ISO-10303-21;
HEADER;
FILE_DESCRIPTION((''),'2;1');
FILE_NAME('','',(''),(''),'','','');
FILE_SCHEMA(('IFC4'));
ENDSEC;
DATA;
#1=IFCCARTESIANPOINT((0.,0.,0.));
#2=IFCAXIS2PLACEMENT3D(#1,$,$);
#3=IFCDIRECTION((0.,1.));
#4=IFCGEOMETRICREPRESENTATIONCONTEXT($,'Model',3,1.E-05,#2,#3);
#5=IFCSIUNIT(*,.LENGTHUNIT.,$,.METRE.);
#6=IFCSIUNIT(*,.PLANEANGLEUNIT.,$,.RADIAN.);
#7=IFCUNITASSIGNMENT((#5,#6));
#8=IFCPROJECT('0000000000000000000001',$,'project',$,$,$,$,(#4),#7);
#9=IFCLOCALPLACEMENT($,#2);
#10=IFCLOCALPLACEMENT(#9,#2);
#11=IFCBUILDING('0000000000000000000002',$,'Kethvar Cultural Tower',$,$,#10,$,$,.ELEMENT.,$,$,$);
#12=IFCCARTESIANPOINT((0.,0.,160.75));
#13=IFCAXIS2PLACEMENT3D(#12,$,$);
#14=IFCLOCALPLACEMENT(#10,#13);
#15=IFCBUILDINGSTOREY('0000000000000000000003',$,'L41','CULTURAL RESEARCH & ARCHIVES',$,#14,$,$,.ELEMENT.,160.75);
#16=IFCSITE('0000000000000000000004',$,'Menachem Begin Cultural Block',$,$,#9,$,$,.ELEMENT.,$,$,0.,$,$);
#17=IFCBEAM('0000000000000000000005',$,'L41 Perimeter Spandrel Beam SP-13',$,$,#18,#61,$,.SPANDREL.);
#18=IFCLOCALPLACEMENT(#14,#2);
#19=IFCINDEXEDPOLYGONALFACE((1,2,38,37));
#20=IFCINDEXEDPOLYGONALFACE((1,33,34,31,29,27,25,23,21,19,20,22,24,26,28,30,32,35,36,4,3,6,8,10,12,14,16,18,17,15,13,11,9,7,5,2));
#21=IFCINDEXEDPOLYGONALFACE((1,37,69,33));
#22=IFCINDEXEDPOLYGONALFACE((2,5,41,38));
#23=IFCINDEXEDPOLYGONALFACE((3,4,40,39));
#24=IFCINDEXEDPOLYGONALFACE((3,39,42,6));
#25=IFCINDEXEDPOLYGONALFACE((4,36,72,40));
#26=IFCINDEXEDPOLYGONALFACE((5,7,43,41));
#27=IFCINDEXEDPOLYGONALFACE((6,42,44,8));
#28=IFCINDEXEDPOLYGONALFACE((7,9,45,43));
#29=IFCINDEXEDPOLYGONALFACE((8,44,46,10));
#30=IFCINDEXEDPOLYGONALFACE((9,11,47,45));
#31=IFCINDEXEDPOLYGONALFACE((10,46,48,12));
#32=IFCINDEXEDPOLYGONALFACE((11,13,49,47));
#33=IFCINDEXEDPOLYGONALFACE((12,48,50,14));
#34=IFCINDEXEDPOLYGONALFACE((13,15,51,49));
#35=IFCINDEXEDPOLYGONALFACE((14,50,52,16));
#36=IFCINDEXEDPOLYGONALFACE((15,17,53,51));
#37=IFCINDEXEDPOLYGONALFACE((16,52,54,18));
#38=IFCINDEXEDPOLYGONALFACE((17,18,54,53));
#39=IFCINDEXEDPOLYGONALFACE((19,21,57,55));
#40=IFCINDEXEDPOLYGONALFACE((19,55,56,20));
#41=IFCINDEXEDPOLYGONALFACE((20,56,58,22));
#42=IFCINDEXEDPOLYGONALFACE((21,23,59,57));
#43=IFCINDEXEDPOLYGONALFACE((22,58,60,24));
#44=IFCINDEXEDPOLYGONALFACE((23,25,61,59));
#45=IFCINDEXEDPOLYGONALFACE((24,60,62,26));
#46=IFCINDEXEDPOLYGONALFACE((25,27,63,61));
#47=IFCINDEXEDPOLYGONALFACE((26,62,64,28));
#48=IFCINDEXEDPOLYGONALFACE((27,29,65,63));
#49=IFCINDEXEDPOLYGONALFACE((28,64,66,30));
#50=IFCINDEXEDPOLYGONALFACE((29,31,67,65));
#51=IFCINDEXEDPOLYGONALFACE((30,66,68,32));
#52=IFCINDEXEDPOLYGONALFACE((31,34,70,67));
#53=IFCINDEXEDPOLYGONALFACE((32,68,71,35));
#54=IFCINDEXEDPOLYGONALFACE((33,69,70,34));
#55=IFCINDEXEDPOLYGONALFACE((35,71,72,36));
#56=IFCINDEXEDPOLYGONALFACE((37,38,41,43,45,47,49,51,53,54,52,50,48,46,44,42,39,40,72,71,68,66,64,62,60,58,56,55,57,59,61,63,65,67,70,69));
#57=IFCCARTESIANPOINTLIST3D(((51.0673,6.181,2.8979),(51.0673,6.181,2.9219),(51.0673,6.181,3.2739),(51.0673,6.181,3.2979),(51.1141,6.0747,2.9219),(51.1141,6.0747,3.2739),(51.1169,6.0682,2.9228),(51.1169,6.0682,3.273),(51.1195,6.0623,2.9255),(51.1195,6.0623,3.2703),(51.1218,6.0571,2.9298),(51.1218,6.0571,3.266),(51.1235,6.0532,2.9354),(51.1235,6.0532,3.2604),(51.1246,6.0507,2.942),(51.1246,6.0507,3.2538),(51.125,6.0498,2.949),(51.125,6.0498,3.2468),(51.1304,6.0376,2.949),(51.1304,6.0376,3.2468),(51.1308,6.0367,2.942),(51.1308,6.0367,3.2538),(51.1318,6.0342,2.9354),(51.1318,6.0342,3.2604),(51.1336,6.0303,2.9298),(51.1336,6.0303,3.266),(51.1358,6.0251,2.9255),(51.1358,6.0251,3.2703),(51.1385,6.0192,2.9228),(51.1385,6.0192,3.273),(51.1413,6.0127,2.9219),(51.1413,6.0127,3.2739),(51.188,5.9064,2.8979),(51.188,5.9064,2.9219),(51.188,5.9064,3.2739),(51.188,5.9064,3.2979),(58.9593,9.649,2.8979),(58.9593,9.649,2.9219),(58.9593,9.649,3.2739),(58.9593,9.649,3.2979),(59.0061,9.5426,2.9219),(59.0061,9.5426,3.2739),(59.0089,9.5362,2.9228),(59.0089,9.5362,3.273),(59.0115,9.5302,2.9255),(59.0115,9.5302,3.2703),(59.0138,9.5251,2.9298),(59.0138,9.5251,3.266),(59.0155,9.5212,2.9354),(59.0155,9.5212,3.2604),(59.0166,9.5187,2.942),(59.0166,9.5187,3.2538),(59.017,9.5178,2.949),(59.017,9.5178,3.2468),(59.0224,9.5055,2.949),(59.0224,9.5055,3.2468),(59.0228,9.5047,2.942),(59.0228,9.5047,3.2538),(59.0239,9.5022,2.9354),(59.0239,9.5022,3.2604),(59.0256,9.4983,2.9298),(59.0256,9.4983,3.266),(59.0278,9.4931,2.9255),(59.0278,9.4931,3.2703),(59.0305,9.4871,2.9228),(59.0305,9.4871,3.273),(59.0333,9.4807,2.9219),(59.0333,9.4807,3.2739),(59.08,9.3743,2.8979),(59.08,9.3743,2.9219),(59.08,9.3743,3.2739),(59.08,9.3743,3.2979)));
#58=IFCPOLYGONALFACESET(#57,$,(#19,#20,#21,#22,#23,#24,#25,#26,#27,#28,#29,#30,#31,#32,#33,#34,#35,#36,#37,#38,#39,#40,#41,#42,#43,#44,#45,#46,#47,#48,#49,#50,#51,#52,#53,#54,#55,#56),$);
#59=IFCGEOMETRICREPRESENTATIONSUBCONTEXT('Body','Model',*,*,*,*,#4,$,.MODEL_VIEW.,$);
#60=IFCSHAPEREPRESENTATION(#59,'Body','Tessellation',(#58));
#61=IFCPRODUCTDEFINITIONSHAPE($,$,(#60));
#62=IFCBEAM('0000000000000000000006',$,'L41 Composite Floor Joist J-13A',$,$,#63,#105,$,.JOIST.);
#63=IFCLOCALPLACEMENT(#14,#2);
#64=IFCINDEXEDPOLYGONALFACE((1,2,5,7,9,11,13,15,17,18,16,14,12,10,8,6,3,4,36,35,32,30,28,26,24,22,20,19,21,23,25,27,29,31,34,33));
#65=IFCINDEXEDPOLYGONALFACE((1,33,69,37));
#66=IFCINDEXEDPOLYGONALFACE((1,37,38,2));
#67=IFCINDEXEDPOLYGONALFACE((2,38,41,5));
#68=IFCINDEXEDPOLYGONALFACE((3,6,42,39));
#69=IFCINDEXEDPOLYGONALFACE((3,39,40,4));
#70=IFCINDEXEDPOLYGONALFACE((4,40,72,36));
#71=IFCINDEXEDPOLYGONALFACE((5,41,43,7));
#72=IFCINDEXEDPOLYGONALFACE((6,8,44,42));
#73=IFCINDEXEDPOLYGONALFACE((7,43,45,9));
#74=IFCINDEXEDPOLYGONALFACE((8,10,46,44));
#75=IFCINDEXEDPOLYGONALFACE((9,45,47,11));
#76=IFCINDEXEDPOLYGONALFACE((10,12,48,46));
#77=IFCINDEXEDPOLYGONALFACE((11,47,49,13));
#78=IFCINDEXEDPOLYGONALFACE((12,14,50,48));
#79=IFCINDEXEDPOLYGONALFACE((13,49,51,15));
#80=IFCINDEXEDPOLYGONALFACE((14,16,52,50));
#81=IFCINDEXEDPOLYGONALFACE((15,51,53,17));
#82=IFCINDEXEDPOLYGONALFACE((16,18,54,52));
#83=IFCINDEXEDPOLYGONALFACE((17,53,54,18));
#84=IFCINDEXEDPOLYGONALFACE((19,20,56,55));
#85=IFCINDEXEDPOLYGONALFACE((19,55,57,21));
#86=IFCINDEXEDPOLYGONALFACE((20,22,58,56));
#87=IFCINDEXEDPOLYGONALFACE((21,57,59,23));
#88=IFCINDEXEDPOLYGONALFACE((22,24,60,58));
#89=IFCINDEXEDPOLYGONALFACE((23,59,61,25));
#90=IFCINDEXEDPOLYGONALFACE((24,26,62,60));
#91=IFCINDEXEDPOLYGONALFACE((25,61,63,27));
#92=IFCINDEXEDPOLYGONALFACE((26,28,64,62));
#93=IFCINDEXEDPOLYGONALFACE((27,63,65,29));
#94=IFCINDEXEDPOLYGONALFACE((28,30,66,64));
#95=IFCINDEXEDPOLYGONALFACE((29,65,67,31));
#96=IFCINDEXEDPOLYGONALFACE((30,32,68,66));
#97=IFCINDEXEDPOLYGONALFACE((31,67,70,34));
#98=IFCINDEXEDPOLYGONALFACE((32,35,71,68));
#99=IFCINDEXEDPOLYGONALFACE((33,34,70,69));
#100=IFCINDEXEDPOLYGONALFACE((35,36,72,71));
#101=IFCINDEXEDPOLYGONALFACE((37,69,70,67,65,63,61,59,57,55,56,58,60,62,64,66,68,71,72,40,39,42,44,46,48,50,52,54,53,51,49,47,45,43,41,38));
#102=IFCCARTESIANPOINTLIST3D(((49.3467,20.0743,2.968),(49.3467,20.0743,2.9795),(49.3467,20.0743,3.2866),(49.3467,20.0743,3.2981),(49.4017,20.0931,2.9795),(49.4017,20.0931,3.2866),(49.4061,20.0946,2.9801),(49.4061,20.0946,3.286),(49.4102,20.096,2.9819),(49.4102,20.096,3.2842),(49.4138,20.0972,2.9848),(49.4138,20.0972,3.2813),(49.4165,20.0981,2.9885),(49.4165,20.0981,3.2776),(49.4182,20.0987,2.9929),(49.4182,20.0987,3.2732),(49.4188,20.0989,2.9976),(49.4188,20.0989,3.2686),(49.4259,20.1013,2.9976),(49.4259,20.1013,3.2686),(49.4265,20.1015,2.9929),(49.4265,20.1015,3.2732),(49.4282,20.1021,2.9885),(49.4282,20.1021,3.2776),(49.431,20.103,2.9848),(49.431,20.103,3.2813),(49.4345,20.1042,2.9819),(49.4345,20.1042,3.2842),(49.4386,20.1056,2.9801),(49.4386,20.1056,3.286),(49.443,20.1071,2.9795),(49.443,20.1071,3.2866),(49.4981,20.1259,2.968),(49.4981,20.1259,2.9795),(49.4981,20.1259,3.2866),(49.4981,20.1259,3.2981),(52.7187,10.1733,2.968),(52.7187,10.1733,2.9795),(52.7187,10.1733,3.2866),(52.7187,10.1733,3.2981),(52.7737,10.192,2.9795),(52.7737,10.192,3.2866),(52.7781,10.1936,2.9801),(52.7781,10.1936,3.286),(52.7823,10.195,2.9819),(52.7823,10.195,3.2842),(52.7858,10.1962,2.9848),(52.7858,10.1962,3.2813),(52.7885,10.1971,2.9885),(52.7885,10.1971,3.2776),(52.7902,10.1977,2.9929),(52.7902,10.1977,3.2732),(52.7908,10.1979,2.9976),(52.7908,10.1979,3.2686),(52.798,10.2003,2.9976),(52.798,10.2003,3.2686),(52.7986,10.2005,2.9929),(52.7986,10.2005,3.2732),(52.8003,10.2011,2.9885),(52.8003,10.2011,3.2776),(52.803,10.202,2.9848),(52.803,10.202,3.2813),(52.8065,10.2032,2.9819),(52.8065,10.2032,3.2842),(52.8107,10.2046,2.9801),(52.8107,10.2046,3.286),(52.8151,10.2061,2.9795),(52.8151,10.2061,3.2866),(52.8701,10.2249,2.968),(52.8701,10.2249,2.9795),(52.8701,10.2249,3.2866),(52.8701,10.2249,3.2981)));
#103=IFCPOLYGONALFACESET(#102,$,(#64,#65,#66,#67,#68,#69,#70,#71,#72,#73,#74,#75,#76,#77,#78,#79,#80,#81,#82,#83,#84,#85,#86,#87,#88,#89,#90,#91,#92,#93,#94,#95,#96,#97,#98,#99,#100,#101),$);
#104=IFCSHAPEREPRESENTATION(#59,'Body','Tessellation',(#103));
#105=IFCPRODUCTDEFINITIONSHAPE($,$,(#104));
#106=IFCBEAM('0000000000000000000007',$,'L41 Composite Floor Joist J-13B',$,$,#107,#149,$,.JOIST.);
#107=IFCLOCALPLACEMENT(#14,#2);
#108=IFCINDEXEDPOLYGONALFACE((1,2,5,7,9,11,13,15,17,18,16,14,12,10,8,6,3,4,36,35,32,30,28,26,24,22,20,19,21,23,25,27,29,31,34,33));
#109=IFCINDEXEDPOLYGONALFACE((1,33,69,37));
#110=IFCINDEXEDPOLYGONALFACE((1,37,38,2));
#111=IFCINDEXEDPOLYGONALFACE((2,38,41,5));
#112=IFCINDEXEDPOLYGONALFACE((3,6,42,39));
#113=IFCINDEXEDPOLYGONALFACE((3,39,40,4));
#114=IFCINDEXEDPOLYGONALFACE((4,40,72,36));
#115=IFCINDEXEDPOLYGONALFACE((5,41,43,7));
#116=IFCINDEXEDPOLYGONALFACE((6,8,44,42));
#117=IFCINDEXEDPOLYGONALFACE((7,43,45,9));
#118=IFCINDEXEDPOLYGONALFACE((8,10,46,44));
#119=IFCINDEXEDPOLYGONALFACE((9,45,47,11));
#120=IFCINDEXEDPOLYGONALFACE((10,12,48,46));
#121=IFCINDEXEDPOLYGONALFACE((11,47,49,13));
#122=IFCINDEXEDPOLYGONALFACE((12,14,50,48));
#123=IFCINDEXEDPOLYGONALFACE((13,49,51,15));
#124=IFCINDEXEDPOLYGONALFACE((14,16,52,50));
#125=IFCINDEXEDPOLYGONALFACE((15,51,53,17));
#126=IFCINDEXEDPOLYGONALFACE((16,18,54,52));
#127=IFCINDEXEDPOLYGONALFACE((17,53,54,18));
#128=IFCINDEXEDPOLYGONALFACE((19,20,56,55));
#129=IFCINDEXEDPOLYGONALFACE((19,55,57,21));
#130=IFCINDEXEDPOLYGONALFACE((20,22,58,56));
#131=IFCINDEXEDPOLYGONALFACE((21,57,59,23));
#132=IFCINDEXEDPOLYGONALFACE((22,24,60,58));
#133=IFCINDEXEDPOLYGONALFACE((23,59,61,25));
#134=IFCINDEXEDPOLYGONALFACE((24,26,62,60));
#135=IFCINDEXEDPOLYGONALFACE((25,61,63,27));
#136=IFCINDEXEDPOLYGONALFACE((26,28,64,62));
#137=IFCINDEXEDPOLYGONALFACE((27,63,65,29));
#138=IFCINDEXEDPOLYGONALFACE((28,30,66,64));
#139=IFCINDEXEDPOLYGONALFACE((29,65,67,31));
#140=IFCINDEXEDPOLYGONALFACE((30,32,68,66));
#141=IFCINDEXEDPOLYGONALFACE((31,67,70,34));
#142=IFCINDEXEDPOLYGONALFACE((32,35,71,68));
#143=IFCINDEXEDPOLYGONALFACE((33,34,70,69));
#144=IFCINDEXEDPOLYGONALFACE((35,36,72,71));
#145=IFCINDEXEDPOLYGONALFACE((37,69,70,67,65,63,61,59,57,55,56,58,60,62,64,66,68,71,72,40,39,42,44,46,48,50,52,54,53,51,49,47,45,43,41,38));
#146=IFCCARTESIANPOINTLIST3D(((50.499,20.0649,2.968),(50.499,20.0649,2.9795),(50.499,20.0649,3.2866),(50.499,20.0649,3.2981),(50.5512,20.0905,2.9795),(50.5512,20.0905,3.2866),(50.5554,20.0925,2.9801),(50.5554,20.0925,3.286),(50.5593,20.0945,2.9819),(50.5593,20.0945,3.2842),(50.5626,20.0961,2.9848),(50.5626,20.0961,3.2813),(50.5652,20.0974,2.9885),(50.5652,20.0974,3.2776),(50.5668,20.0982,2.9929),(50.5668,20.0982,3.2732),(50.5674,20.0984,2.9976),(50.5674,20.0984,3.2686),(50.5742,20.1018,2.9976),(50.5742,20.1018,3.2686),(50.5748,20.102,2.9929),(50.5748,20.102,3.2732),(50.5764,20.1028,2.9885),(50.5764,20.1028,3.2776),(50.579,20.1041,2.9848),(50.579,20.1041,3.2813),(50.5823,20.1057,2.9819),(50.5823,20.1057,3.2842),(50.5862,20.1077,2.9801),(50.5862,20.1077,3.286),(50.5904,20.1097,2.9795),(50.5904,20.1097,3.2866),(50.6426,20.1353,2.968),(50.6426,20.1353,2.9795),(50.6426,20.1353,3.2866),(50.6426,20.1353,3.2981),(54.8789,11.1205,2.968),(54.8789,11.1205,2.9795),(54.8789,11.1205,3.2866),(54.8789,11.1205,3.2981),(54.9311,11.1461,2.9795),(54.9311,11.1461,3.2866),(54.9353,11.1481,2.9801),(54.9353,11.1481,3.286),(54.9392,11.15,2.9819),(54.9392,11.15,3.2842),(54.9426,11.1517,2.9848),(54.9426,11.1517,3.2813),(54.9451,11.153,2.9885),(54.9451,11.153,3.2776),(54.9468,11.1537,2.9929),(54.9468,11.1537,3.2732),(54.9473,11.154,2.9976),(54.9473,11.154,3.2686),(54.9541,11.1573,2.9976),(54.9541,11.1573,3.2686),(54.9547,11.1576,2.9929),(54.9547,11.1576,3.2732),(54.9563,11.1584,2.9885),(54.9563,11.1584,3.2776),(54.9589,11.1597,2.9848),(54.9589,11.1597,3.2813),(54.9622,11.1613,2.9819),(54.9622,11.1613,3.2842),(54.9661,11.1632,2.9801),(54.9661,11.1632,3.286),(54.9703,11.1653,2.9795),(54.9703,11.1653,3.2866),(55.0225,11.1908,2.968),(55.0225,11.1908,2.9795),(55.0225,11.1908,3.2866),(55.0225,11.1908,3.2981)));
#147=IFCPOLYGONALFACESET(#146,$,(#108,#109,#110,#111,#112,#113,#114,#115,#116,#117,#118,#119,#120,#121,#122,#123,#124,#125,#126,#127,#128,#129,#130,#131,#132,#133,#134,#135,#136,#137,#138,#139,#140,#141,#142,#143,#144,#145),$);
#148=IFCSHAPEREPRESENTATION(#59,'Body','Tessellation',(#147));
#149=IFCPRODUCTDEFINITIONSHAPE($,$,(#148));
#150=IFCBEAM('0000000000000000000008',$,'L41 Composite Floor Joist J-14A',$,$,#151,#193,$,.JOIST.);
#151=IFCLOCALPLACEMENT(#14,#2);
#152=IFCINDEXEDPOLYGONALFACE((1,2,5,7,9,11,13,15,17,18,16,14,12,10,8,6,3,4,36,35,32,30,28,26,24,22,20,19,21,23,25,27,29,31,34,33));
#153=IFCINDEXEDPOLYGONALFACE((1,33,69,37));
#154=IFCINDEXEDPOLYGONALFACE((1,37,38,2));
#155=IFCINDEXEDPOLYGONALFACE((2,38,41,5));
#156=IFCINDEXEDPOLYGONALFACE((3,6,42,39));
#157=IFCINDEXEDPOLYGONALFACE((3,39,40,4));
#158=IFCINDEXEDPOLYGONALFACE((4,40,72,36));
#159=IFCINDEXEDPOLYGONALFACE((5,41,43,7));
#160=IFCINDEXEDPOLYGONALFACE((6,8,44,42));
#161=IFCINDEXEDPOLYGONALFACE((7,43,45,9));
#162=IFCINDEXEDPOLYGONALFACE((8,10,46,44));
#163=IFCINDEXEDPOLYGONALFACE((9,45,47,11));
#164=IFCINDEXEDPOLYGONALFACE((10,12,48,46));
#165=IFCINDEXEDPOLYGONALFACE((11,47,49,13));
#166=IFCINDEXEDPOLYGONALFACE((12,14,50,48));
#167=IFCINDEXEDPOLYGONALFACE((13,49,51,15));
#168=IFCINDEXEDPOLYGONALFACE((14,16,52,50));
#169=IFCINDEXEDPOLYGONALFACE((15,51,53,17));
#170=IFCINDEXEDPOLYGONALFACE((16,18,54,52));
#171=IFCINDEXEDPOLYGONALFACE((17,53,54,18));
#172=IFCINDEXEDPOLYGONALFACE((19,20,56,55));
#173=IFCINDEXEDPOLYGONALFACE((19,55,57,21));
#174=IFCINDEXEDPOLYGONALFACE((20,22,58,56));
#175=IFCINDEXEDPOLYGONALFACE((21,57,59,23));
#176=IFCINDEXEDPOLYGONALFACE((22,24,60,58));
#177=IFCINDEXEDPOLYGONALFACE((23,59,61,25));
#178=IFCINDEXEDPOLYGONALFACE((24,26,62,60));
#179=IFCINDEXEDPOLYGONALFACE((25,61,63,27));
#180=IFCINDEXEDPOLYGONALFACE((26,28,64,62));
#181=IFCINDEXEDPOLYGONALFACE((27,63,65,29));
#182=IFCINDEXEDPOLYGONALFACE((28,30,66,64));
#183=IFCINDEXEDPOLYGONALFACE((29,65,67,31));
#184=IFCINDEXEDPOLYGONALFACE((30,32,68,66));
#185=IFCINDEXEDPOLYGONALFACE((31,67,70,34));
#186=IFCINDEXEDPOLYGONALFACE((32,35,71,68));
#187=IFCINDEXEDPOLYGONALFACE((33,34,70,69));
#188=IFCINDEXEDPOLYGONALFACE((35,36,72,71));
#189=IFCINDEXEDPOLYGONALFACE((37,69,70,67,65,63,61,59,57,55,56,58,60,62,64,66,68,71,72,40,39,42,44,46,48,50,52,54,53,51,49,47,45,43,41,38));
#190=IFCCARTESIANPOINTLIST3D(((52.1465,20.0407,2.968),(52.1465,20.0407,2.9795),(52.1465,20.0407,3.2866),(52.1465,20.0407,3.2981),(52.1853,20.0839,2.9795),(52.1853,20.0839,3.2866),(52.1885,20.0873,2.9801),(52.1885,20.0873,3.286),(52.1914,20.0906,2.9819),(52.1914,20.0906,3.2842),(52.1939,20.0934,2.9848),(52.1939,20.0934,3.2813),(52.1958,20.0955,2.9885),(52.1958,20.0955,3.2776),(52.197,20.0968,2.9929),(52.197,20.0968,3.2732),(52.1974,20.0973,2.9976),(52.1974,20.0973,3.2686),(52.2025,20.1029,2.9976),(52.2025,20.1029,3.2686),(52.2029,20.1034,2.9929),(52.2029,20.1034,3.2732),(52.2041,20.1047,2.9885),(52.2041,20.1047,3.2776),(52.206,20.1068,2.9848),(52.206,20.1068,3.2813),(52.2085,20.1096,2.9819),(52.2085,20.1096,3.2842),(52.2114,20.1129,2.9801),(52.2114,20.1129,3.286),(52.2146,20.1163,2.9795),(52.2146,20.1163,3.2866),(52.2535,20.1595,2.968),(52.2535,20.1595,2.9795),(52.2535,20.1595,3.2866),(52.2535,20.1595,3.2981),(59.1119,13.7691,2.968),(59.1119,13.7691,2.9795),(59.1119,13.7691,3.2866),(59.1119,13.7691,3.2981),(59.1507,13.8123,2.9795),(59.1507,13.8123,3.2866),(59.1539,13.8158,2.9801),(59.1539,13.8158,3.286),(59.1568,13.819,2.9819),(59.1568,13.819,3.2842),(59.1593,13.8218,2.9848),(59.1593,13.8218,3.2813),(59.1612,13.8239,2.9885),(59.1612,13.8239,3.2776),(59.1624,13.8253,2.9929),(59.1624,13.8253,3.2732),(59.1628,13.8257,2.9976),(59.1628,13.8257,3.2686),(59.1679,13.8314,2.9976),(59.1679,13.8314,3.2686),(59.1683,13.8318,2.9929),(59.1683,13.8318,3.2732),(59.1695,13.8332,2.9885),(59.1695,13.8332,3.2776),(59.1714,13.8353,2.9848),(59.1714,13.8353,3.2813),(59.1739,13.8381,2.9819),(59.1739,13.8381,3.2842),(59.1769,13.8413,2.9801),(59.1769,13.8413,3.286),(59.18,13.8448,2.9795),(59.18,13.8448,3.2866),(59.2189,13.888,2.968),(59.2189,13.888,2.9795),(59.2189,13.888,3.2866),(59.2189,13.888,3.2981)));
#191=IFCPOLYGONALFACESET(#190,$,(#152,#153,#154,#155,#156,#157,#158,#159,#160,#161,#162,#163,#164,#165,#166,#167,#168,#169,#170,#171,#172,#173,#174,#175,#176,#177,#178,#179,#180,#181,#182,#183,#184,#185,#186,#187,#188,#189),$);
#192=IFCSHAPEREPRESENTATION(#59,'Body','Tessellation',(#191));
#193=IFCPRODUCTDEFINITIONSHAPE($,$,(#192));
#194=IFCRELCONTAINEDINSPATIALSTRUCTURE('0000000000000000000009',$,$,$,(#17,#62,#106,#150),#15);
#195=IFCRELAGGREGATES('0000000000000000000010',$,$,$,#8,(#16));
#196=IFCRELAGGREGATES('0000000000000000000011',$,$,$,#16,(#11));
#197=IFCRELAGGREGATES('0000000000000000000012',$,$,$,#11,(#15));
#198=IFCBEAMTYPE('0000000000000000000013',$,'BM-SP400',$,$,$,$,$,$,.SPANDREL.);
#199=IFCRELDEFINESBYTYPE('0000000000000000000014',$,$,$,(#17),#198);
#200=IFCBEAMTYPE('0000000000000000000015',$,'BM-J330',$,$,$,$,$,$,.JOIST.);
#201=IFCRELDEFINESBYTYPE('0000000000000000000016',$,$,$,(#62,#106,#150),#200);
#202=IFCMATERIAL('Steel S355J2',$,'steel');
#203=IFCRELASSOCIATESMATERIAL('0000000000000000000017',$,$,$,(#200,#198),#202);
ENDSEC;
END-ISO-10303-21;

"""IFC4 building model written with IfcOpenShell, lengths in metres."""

from ifc_helpers import new_model, si_unit, direction, frame, origin, origin_2d, place, context, subcontext, project, spatial, i_section, extrude, source, transform, mapped, material, material_profile, profile_set, type_object, element, save


model = new_model("IFC4")

# Units and contexts
model_context = context("Model", 3, precision=1e-05, world=origin(), true_north=direction((0.0, 1.0)))
body_context = subcontext(model_context, "Body", "Model", "MODEL_VIEW")
ifc_project = project(units=[si_unit("LENGTHUNIT", "METRE"), si_unit("PLANEANGLEUNIT", "RADIAN")], contexts=[model_context])

# Site, building, storey
site_placement = place(None, origin())
site = spatial("IfcSite", under=ifc_project, at=site_placement, Name="Menachem Begin Cultural Block", CompositionType="ELEMENT", RefElevation=0.0)
building_placement = place(site_placement, origin())
building = spatial("IfcBuilding", under=site, at=building_placement, Name="Kethvar Cultural Tower", CompositionType="ELEMENT")
storey_placement = place(building_placement, frame((0.0, 0.0, 160.75)))
storey = spatial("IfcBuildingStorey", under=building, at=storey_placement, Name="L41", Description="CULTURAL RESEARCH & ARCHIVES", CompositionType="ELEMENT", Elevation=160.75)

# Beams
ifc_material_1 = material(Name="Steel S355J2", Category="steel")
ifc_material_profile_1 = material_profile(ifc_material_1, i_section(OverallWidth=0.1599, OverallDepth=0.3301, WebThickness=0.0076, FlangeThickness=0.0115, FilletRadius=0.0181, at=origin_2d()), Name="Steel S355J2 — IPE330")
ifc_profile_set_1 = profile_set([ifc_material_profile_1], Name="Steel S355J2 — IPE330")
beam_type_1 = type_object("IfcBeamType", Name="BM-J330", PredefinedType="JOIST", material=ifc_profile_set_1)
ifc_material_profile_2 = material_profile(ifc_material_1, i_section(OverallWidth=0.3, OverallDepth=0.3999, WebThickness=0.0134, FlangeThickness=0.0239, FilletRadius=0.0271, at=origin_2d()), Name="Steel S355J2 — HEB400")
ifc_profile_set_2 = profile_set([ifc_material_profile_2], Name="Steel S355J2 — HEB400")
beam_type_2 = type_object("IfcBeamType", Name="BM-SP400", PredefinedType="SPANDREL", material=ifc_profile_set_2)
shared_shape_1 = source(origin(), body_context, "Body", "SweptSolid", [
    extrude(i_section(OverallWidth=0.3, OverallDepth=0.3999, WebThickness=0.0134, FlangeThickness=0.0239, FilletRadius=0.0271, at=origin_2d()), origin(), (0.0, 0.0, 1.0), 8.6204),
])
beam_1_placement = place(storey_placement, frame((51.1277, 6.0437, 3.0979), z_axis=(0.915507, 0.402301, 0.0), x_axis=(-0.402301, 0.915507, 0.0)))
element("IfcBeam", 1, at=beam_1_placement, inside=storey, type_object=beam_type_2, Name="L41 Perimeter Spandrel Beam SP-13", PredefinedType="SPANDREL", context=body_context, shape_type="MappedRepresentation", body=[
    mapped(shared_shape_1, transform((0.0, 0.0, 0.0), scale=1.0)),
])
shared_shape_2 = source(origin(), body_context, "Body", "SweptSolid", [
    extrude(i_section(OverallWidth=0.1599, OverallDepth=0.3301, WebThickness=0.0076, FlangeThickness=0.0115, FilletRadius=0.0181, at=origin_2d()), origin(), (0.0, 0.0, 1.0), 10.4595),
])
beam_2_placement = place(storey_placement, frame((49.4224, 20.1001, 3.1331), z_axis=(0.32239, -0.946607, 0.0), x_axis=(0.946607, 0.32239, 0.0)))
element("IfcBeam", 2, at=beam_2_placement, inside=storey, type_object=beam_type_1, Name="L41 Composite Floor Joist J-13A", PredefinedType="JOIST", context=body_context, shape_type="MappedRepresentation", body=[
    mapped(shared_shape_2, transform((0.0, 0.0, 0.0), scale=1.0)),
])
shared_shape_3 = source(origin(), body_context, "Body", "SweptSolid", [
    extrude(i_section(OverallWidth=0.1599, OverallDepth=0.3301, WebThickness=0.0076, FlangeThickness=0.0115, FilletRadius=0.0181, at=origin_2d()), origin(), (0.0, 0.0, 1.0), 9.9592),
])
beam_3_placement = place(storey_placement, frame((50.5708, 20.1001, 3.1331), z_axis=(0.439785, -0.898103, 0.0), x_axis=(0.898103, 0.439785, 0.0)))
element("IfcBeam", 3, at=beam_3_placement, inside=storey, type_object=beam_type_1, Name="L41 Composite Floor Joist J-13B", PredefinedType="JOIST", context=body_context, shape_type="MappedRepresentation", body=[
    mapped(shared_shape_3, transform((0.0, 0.0, 0.0), scale=1.0)),
])
shared_shape_4 = source(origin(), body_context, "Body", "SweptSolid", [
    extrude(i_section(OverallWidth=0.1599, OverallDepth=0.3301, WebThickness=0.0076, FlangeThickness=0.0115, FilletRadius=0.0181, at=origin_2d()), origin(), (0.0, 0.0, 1.0), 9.3728),
])
beam_4_placement = place(storey_placement, frame((52.2, 20.1001, 3.1331), z_axis=(0.743152, -0.669123, 0.0), x_axis=(0.669123, 0.743152, 0.0)))
element("IfcBeam", 4, at=beam_4_placement, inside=storey, type_object=beam_type_1, Name="L41 Composite Floor Joist J-14A", PredefinedType="JOIST", context=body_context, shape_type="MappedRepresentation", body=[
    mapped(shared_shape_4, transform((0.0, 0.0, 0.0), scale=1.0)),
])

save(model, "model.ifc")
